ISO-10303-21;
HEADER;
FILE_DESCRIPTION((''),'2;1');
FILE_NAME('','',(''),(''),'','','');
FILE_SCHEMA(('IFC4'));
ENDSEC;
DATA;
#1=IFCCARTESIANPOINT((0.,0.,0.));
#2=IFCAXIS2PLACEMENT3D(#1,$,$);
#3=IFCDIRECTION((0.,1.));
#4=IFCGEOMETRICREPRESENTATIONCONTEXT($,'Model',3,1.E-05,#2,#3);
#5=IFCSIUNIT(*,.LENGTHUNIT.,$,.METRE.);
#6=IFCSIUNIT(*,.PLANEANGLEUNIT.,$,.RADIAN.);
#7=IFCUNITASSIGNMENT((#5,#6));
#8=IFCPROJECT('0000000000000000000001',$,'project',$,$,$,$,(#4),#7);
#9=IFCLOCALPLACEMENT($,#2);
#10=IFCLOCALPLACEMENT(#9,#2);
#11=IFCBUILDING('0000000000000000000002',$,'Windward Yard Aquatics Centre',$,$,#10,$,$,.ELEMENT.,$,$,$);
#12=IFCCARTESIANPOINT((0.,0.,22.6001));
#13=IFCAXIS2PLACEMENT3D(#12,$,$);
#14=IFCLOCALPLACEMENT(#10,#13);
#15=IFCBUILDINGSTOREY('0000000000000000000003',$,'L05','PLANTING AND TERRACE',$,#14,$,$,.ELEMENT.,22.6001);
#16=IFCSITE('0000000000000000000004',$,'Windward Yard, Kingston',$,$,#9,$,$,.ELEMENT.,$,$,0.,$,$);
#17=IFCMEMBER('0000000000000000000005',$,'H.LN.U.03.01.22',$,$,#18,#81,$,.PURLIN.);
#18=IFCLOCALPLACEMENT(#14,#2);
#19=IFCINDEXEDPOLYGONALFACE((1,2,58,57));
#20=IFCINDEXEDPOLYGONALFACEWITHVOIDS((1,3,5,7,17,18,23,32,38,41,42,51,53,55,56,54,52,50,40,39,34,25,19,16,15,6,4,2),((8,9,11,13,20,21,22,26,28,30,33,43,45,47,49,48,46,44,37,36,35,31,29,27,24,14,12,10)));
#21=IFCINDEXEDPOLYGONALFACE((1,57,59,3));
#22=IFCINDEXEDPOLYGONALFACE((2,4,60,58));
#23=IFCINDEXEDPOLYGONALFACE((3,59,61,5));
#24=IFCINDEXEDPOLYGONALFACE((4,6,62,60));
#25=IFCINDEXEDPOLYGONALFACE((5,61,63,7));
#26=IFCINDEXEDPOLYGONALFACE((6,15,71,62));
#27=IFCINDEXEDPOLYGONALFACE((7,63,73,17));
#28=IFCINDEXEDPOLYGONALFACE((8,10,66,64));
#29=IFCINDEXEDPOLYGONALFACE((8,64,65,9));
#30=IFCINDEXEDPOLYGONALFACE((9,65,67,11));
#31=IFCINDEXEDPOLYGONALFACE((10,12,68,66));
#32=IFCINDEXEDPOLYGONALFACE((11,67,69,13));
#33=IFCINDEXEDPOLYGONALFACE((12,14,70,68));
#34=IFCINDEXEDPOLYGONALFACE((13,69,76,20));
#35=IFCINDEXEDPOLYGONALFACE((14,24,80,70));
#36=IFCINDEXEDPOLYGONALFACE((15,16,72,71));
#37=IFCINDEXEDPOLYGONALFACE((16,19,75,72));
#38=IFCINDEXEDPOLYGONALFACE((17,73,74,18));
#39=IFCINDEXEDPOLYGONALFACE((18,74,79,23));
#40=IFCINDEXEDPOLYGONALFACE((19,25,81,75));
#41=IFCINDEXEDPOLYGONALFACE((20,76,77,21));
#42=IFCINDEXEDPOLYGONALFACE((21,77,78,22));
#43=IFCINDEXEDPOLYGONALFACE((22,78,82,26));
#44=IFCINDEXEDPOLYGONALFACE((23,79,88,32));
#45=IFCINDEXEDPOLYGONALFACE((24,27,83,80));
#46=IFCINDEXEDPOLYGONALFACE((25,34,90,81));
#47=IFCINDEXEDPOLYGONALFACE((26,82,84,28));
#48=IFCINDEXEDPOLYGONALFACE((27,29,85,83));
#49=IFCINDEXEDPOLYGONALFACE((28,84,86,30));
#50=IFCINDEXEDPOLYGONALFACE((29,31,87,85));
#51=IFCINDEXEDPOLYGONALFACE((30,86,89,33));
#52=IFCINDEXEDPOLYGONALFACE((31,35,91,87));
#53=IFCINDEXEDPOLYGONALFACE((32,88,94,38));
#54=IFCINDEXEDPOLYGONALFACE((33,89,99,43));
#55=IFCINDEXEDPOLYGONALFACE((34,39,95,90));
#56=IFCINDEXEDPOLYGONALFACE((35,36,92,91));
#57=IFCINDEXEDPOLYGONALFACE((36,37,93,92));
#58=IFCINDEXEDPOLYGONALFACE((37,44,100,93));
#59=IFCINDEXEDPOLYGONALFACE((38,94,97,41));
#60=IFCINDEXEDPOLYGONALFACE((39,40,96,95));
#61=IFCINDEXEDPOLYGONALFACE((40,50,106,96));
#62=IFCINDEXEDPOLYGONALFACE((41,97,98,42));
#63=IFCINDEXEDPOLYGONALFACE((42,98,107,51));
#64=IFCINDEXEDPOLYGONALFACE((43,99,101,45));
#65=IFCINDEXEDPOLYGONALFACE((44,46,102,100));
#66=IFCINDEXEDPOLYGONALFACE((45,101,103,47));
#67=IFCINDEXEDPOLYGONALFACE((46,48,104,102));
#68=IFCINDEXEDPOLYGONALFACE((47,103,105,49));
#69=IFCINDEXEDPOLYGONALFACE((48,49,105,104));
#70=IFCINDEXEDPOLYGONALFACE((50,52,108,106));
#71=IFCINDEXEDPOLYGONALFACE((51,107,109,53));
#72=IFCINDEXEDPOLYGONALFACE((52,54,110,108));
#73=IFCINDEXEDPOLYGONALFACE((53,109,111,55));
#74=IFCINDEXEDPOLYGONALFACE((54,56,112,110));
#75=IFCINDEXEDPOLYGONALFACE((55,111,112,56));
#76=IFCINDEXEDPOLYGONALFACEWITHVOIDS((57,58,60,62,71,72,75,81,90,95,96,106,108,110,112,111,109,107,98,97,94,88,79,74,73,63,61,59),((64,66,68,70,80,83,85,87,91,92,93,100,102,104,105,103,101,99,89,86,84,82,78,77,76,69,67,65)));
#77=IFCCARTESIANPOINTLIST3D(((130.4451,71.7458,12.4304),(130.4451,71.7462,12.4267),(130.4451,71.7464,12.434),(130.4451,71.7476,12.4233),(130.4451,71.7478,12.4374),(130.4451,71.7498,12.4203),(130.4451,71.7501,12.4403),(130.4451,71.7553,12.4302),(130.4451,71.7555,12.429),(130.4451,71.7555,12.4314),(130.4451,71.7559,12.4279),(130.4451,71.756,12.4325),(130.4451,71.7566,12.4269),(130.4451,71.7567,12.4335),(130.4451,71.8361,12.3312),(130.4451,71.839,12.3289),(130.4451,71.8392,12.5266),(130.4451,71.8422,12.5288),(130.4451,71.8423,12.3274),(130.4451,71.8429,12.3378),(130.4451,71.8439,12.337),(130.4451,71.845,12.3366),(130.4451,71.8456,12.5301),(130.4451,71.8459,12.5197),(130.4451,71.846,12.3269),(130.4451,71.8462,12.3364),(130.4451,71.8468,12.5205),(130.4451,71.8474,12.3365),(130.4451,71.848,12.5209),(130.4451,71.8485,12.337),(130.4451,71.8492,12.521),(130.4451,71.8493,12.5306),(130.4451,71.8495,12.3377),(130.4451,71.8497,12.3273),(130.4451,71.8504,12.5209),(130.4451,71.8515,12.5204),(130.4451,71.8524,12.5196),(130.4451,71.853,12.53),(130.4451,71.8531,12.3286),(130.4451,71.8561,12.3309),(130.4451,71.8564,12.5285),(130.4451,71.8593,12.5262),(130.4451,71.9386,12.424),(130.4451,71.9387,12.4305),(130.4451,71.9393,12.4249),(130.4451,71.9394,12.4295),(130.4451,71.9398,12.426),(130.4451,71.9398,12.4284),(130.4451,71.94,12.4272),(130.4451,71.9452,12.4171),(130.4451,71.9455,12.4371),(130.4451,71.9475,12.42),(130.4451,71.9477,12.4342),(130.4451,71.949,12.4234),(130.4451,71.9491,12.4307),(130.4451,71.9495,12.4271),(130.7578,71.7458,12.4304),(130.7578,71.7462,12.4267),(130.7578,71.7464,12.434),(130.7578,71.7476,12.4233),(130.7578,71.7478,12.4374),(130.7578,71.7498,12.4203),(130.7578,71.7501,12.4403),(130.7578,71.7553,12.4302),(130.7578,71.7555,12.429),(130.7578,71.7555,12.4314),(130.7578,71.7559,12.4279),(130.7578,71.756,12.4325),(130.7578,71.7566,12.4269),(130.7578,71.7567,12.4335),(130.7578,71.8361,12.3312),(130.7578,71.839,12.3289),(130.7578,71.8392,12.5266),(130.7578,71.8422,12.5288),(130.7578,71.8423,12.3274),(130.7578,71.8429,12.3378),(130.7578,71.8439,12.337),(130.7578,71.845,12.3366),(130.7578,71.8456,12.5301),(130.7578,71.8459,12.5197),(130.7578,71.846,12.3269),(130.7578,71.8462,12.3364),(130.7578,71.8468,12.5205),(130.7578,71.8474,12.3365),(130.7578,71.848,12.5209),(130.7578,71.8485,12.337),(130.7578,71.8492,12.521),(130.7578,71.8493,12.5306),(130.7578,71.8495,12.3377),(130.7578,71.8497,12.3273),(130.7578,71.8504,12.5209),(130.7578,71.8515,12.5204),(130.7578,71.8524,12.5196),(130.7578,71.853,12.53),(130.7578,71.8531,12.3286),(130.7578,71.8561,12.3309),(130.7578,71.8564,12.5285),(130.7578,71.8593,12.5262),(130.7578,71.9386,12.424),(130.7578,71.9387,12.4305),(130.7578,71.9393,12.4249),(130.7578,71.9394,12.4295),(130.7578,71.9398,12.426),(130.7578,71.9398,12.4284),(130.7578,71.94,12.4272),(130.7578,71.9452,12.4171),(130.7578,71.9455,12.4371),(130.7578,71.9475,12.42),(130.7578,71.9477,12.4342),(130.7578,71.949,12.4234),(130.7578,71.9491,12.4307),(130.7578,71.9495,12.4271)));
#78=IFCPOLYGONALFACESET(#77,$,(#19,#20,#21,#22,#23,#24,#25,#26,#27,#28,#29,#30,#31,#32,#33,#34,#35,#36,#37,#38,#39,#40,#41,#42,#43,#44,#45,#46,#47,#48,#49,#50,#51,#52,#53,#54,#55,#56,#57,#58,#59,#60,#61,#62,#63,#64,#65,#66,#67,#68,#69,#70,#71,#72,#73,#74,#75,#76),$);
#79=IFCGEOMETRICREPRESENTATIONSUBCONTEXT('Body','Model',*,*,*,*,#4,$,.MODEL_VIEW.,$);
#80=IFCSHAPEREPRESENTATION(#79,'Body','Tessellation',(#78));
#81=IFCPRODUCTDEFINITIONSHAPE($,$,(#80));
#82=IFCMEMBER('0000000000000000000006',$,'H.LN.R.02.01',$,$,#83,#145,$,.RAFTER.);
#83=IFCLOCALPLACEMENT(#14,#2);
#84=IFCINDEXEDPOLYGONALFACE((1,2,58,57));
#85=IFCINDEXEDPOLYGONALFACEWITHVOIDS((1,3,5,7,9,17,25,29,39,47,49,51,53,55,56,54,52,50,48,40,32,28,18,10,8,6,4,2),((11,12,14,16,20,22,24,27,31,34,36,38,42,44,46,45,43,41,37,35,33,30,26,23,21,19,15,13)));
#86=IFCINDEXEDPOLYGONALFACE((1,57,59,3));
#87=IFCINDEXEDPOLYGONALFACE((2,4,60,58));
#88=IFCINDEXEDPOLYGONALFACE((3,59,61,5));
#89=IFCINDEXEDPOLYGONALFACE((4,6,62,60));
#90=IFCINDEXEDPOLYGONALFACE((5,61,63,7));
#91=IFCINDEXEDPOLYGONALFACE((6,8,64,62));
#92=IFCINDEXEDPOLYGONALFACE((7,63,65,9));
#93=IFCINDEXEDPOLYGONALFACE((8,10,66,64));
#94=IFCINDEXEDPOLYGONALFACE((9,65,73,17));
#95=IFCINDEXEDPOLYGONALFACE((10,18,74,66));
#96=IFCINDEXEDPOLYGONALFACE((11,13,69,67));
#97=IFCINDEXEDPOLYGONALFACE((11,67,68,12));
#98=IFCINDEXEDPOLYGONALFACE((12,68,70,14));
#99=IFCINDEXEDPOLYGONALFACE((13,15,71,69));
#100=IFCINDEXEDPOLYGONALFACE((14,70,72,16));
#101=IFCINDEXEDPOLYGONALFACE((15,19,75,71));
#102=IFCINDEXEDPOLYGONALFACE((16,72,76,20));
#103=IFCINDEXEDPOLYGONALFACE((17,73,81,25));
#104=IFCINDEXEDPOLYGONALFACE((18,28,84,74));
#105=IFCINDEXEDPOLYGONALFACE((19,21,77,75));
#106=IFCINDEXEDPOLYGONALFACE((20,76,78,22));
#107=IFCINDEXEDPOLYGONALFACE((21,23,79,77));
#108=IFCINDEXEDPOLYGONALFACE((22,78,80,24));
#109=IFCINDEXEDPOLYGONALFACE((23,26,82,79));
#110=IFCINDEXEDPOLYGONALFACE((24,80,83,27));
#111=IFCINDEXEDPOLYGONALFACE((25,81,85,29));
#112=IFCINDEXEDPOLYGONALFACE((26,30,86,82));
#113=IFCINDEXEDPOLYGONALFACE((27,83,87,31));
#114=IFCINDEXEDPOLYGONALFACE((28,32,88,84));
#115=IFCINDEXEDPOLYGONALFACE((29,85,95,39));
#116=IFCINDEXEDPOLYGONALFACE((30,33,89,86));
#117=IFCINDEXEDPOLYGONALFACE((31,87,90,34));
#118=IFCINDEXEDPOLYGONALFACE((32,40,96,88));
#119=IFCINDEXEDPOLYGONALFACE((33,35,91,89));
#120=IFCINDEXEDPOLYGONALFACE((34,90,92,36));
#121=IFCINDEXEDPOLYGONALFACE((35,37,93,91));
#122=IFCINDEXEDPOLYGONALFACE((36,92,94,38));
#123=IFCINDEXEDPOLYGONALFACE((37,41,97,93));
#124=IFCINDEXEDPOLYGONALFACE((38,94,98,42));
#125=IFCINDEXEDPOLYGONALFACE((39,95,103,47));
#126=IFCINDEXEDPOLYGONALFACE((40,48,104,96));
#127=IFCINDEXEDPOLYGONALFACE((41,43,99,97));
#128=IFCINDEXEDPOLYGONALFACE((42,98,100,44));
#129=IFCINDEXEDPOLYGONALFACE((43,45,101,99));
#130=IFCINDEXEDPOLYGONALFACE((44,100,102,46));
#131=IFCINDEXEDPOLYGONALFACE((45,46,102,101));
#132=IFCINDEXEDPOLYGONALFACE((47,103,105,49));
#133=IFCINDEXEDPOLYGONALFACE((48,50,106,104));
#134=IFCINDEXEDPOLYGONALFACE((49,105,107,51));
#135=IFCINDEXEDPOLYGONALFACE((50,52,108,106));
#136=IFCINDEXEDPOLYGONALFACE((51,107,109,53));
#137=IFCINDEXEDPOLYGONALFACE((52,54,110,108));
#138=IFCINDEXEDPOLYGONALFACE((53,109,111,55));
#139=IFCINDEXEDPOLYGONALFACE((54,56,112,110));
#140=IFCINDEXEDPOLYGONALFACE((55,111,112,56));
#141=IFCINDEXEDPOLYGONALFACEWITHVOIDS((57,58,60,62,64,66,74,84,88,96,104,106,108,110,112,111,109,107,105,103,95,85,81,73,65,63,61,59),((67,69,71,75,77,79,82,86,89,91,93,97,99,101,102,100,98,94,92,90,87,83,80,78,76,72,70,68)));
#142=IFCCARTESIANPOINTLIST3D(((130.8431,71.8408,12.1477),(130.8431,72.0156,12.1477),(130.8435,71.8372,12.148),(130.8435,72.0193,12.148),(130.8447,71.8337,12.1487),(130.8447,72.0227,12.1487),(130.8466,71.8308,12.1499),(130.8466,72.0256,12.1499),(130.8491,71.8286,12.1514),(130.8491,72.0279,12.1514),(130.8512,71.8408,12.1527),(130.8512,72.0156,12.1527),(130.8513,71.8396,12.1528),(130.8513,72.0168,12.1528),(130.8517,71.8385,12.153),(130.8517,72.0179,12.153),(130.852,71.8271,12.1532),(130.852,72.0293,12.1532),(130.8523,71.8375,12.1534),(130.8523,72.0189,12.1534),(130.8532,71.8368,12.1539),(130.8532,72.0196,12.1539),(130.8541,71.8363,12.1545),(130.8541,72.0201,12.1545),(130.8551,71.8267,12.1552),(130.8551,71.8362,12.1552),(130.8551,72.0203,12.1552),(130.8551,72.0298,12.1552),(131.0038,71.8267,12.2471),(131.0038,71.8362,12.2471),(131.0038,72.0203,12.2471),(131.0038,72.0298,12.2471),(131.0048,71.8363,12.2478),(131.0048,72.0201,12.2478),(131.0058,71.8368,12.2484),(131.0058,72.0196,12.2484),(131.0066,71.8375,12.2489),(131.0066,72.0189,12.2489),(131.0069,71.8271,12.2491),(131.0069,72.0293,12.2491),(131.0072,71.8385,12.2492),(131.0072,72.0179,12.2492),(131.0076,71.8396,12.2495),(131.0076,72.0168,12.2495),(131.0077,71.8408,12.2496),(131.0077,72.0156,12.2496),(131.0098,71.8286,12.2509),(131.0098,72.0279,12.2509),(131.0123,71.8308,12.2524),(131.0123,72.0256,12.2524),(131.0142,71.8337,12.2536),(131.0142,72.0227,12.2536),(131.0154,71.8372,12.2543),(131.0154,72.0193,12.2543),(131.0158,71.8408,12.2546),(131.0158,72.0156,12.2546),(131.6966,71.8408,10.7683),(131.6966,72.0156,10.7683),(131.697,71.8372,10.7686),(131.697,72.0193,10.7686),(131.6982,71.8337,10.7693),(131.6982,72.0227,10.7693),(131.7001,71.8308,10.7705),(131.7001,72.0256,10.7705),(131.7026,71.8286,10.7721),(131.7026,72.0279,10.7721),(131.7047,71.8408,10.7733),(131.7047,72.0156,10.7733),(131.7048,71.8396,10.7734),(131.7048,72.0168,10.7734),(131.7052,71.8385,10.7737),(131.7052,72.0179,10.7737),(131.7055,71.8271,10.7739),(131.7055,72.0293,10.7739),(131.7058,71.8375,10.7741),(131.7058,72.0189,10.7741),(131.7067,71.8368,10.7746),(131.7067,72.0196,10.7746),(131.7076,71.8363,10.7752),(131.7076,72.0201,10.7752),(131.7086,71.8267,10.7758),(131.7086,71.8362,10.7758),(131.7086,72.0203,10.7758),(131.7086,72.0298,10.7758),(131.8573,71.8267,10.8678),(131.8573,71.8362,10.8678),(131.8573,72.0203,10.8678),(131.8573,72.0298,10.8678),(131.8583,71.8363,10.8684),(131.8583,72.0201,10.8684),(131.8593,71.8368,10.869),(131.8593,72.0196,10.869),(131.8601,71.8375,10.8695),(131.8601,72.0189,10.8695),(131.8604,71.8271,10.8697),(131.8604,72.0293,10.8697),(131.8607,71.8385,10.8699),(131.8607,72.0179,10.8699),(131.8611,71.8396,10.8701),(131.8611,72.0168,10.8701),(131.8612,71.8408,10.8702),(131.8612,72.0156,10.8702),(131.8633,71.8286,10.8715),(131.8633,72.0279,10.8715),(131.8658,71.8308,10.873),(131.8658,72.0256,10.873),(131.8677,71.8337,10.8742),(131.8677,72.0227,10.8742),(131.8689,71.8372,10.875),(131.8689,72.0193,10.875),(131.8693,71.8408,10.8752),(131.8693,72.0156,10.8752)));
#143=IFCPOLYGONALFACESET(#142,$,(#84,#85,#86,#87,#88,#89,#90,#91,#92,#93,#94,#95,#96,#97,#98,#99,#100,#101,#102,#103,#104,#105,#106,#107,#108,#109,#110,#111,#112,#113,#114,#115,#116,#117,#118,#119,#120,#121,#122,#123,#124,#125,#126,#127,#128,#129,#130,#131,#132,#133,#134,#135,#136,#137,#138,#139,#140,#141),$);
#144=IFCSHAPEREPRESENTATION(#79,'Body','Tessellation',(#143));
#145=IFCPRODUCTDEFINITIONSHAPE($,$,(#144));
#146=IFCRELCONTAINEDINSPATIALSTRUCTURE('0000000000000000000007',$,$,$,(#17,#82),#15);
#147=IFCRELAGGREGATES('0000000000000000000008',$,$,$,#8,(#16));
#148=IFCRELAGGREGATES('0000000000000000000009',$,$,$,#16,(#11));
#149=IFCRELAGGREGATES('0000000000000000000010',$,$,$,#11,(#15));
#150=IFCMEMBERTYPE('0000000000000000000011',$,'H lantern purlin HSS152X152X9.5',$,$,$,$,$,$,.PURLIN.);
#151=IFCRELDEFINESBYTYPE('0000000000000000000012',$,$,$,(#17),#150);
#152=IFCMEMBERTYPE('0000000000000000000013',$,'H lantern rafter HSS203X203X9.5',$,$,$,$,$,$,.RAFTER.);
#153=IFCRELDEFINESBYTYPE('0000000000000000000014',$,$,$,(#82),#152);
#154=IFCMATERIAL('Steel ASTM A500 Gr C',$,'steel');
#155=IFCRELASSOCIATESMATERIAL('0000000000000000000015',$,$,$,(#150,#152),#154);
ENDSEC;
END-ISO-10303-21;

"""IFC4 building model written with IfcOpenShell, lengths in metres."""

from ifc_helpers import new_model, si_unit, direction, frame, origin, origin_2d, place, context, subcontext, project, spatial, hollow_rectangle, extrude, material, material_profile, profile_set, type_object, element, save


model = new_model("IFC4")

# Units and contexts
model_context = context("Model", 3, precision=1e-05, world=origin(), true_north=direction((0.0, 1.0)))
body_context = subcontext(model_context, "Body", "Model", "MODEL_VIEW")
ifc_project = project(units=[si_unit("LENGTHUNIT", "METRE"), si_unit("PLANEANGLEUNIT", "RADIAN")], contexts=[model_context])

# Site, building, storey
site_placement = place(None, origin())
site = spatial("IfcSite", under=ifc_project, at=site_placement, Name="Windward Yard, Kingston", CompositionType="ELEMENT", RefElevation=0.0)
building_placement = place(site_placement, origin())
building = spatial("IfcBuilding", under=site, at=building_placement, Name="Windward Yard Aquatics Centre", CompositionType="ELEMENT")
storey_placement = place(building_placement, frame((0.0, 0.0, 22.6001)))
storey = spatial("IfcBuildingStorey", under=building, at=storey_placement, Name="L05", Description="PLANTING AND TERRACE", CompositionType="ELEMENT", Elevation=22.6001)

# Shared definitions
ifc_material_1 = material(Name="Steel ASTM A500 Gr C", Category="steel")

# Members
ifc_material_profile_1 = material_profile(ifc_material_1, hollow_rectangle(XDim=0.1523, YDim=0.1523, WallThickness=0.0095, InnerFilletRadius=0.0046, OuterFilletRadius=0.0142, at=origin_2d()), Name="HSS152X152X9.5")
ifc_profile_set_1 = profile_set([ifc_material_profile_1], Name="Steel ASTM A500 Gr C")
member_type_1 = type_object("IfcMemberType", Name="H lantern purlin HSS152X152X9.5", PredefinedType="PURLIN", material=ifc_profile_set_1)
member_1_placement = place(storey_placement, frame((130.4451, 71.8477, 12.4287), z_axis=(1.0, 0.0, 0.0), x_axis=(0.0, 0.69555, -0.718477)))
element("IfcMember", 1, at=member_1_placement, inside=storey, type_object=member_type_1, Name="H.LN.U.03.01.22", PredefinedType="PURLIN", context=body_context, shape_type="SweptSolid", body=[
    extrude(hollow_rectangle(XDim=0.1523, YDim=0.1523, WallThickness=0.0095, InnerFilletRadius=0.0046, OuterFilletRadius=0.0142, at=origin_2d()), origin(), (0.0, 0.0, 1.0), 0.3127),
])
ifc_material_profile_2 = material_profile(ifc_material_1, hollow_rectangle(XDim=0.2031, YDim=0.2031, WallThickness=0.0095, InnerFilletRadius=0.0046, OuterFilletRadius=0.0142, at=origin_2d()), Name="HSS203X203X9.5")
ifc_profile_set_2 = profile_set([ifc_material_profile_2], Name="Steel ASTM A500 Gr C")
member_type_2 = type_object("IfcMemberType", Name="H lantern rafter HSS203X203X9.5", PredefinedType="RAFTER", material=ifc_profile_set_2)
member_2_placement = place(storey_placement, frame((131.783, 71.9282, 10.8218), z_axis=(-0.526178, 0.0, 0.850374), x_axis=(0.0, -1.0, 0.0)))
element("IfcMember", 2, at=member_2_placement, inside=storey, type_object=member_type_2, Name="H.LN.R.02.01", PredefinedType="RAFTER", context=body_context, shape_type="SweptSolid", body=[
    extrude(hollow_rectangle(XDim=0.2031, YDim=0.2031, WallThickness=0.0095, InnerFilletRadius=0.0046, OuterFilletRadius=0.0142, at=origin_2d()), origin(), (0.0, 0.0, 1.0), 1.6221),
])

save(model, "model.ifc")
